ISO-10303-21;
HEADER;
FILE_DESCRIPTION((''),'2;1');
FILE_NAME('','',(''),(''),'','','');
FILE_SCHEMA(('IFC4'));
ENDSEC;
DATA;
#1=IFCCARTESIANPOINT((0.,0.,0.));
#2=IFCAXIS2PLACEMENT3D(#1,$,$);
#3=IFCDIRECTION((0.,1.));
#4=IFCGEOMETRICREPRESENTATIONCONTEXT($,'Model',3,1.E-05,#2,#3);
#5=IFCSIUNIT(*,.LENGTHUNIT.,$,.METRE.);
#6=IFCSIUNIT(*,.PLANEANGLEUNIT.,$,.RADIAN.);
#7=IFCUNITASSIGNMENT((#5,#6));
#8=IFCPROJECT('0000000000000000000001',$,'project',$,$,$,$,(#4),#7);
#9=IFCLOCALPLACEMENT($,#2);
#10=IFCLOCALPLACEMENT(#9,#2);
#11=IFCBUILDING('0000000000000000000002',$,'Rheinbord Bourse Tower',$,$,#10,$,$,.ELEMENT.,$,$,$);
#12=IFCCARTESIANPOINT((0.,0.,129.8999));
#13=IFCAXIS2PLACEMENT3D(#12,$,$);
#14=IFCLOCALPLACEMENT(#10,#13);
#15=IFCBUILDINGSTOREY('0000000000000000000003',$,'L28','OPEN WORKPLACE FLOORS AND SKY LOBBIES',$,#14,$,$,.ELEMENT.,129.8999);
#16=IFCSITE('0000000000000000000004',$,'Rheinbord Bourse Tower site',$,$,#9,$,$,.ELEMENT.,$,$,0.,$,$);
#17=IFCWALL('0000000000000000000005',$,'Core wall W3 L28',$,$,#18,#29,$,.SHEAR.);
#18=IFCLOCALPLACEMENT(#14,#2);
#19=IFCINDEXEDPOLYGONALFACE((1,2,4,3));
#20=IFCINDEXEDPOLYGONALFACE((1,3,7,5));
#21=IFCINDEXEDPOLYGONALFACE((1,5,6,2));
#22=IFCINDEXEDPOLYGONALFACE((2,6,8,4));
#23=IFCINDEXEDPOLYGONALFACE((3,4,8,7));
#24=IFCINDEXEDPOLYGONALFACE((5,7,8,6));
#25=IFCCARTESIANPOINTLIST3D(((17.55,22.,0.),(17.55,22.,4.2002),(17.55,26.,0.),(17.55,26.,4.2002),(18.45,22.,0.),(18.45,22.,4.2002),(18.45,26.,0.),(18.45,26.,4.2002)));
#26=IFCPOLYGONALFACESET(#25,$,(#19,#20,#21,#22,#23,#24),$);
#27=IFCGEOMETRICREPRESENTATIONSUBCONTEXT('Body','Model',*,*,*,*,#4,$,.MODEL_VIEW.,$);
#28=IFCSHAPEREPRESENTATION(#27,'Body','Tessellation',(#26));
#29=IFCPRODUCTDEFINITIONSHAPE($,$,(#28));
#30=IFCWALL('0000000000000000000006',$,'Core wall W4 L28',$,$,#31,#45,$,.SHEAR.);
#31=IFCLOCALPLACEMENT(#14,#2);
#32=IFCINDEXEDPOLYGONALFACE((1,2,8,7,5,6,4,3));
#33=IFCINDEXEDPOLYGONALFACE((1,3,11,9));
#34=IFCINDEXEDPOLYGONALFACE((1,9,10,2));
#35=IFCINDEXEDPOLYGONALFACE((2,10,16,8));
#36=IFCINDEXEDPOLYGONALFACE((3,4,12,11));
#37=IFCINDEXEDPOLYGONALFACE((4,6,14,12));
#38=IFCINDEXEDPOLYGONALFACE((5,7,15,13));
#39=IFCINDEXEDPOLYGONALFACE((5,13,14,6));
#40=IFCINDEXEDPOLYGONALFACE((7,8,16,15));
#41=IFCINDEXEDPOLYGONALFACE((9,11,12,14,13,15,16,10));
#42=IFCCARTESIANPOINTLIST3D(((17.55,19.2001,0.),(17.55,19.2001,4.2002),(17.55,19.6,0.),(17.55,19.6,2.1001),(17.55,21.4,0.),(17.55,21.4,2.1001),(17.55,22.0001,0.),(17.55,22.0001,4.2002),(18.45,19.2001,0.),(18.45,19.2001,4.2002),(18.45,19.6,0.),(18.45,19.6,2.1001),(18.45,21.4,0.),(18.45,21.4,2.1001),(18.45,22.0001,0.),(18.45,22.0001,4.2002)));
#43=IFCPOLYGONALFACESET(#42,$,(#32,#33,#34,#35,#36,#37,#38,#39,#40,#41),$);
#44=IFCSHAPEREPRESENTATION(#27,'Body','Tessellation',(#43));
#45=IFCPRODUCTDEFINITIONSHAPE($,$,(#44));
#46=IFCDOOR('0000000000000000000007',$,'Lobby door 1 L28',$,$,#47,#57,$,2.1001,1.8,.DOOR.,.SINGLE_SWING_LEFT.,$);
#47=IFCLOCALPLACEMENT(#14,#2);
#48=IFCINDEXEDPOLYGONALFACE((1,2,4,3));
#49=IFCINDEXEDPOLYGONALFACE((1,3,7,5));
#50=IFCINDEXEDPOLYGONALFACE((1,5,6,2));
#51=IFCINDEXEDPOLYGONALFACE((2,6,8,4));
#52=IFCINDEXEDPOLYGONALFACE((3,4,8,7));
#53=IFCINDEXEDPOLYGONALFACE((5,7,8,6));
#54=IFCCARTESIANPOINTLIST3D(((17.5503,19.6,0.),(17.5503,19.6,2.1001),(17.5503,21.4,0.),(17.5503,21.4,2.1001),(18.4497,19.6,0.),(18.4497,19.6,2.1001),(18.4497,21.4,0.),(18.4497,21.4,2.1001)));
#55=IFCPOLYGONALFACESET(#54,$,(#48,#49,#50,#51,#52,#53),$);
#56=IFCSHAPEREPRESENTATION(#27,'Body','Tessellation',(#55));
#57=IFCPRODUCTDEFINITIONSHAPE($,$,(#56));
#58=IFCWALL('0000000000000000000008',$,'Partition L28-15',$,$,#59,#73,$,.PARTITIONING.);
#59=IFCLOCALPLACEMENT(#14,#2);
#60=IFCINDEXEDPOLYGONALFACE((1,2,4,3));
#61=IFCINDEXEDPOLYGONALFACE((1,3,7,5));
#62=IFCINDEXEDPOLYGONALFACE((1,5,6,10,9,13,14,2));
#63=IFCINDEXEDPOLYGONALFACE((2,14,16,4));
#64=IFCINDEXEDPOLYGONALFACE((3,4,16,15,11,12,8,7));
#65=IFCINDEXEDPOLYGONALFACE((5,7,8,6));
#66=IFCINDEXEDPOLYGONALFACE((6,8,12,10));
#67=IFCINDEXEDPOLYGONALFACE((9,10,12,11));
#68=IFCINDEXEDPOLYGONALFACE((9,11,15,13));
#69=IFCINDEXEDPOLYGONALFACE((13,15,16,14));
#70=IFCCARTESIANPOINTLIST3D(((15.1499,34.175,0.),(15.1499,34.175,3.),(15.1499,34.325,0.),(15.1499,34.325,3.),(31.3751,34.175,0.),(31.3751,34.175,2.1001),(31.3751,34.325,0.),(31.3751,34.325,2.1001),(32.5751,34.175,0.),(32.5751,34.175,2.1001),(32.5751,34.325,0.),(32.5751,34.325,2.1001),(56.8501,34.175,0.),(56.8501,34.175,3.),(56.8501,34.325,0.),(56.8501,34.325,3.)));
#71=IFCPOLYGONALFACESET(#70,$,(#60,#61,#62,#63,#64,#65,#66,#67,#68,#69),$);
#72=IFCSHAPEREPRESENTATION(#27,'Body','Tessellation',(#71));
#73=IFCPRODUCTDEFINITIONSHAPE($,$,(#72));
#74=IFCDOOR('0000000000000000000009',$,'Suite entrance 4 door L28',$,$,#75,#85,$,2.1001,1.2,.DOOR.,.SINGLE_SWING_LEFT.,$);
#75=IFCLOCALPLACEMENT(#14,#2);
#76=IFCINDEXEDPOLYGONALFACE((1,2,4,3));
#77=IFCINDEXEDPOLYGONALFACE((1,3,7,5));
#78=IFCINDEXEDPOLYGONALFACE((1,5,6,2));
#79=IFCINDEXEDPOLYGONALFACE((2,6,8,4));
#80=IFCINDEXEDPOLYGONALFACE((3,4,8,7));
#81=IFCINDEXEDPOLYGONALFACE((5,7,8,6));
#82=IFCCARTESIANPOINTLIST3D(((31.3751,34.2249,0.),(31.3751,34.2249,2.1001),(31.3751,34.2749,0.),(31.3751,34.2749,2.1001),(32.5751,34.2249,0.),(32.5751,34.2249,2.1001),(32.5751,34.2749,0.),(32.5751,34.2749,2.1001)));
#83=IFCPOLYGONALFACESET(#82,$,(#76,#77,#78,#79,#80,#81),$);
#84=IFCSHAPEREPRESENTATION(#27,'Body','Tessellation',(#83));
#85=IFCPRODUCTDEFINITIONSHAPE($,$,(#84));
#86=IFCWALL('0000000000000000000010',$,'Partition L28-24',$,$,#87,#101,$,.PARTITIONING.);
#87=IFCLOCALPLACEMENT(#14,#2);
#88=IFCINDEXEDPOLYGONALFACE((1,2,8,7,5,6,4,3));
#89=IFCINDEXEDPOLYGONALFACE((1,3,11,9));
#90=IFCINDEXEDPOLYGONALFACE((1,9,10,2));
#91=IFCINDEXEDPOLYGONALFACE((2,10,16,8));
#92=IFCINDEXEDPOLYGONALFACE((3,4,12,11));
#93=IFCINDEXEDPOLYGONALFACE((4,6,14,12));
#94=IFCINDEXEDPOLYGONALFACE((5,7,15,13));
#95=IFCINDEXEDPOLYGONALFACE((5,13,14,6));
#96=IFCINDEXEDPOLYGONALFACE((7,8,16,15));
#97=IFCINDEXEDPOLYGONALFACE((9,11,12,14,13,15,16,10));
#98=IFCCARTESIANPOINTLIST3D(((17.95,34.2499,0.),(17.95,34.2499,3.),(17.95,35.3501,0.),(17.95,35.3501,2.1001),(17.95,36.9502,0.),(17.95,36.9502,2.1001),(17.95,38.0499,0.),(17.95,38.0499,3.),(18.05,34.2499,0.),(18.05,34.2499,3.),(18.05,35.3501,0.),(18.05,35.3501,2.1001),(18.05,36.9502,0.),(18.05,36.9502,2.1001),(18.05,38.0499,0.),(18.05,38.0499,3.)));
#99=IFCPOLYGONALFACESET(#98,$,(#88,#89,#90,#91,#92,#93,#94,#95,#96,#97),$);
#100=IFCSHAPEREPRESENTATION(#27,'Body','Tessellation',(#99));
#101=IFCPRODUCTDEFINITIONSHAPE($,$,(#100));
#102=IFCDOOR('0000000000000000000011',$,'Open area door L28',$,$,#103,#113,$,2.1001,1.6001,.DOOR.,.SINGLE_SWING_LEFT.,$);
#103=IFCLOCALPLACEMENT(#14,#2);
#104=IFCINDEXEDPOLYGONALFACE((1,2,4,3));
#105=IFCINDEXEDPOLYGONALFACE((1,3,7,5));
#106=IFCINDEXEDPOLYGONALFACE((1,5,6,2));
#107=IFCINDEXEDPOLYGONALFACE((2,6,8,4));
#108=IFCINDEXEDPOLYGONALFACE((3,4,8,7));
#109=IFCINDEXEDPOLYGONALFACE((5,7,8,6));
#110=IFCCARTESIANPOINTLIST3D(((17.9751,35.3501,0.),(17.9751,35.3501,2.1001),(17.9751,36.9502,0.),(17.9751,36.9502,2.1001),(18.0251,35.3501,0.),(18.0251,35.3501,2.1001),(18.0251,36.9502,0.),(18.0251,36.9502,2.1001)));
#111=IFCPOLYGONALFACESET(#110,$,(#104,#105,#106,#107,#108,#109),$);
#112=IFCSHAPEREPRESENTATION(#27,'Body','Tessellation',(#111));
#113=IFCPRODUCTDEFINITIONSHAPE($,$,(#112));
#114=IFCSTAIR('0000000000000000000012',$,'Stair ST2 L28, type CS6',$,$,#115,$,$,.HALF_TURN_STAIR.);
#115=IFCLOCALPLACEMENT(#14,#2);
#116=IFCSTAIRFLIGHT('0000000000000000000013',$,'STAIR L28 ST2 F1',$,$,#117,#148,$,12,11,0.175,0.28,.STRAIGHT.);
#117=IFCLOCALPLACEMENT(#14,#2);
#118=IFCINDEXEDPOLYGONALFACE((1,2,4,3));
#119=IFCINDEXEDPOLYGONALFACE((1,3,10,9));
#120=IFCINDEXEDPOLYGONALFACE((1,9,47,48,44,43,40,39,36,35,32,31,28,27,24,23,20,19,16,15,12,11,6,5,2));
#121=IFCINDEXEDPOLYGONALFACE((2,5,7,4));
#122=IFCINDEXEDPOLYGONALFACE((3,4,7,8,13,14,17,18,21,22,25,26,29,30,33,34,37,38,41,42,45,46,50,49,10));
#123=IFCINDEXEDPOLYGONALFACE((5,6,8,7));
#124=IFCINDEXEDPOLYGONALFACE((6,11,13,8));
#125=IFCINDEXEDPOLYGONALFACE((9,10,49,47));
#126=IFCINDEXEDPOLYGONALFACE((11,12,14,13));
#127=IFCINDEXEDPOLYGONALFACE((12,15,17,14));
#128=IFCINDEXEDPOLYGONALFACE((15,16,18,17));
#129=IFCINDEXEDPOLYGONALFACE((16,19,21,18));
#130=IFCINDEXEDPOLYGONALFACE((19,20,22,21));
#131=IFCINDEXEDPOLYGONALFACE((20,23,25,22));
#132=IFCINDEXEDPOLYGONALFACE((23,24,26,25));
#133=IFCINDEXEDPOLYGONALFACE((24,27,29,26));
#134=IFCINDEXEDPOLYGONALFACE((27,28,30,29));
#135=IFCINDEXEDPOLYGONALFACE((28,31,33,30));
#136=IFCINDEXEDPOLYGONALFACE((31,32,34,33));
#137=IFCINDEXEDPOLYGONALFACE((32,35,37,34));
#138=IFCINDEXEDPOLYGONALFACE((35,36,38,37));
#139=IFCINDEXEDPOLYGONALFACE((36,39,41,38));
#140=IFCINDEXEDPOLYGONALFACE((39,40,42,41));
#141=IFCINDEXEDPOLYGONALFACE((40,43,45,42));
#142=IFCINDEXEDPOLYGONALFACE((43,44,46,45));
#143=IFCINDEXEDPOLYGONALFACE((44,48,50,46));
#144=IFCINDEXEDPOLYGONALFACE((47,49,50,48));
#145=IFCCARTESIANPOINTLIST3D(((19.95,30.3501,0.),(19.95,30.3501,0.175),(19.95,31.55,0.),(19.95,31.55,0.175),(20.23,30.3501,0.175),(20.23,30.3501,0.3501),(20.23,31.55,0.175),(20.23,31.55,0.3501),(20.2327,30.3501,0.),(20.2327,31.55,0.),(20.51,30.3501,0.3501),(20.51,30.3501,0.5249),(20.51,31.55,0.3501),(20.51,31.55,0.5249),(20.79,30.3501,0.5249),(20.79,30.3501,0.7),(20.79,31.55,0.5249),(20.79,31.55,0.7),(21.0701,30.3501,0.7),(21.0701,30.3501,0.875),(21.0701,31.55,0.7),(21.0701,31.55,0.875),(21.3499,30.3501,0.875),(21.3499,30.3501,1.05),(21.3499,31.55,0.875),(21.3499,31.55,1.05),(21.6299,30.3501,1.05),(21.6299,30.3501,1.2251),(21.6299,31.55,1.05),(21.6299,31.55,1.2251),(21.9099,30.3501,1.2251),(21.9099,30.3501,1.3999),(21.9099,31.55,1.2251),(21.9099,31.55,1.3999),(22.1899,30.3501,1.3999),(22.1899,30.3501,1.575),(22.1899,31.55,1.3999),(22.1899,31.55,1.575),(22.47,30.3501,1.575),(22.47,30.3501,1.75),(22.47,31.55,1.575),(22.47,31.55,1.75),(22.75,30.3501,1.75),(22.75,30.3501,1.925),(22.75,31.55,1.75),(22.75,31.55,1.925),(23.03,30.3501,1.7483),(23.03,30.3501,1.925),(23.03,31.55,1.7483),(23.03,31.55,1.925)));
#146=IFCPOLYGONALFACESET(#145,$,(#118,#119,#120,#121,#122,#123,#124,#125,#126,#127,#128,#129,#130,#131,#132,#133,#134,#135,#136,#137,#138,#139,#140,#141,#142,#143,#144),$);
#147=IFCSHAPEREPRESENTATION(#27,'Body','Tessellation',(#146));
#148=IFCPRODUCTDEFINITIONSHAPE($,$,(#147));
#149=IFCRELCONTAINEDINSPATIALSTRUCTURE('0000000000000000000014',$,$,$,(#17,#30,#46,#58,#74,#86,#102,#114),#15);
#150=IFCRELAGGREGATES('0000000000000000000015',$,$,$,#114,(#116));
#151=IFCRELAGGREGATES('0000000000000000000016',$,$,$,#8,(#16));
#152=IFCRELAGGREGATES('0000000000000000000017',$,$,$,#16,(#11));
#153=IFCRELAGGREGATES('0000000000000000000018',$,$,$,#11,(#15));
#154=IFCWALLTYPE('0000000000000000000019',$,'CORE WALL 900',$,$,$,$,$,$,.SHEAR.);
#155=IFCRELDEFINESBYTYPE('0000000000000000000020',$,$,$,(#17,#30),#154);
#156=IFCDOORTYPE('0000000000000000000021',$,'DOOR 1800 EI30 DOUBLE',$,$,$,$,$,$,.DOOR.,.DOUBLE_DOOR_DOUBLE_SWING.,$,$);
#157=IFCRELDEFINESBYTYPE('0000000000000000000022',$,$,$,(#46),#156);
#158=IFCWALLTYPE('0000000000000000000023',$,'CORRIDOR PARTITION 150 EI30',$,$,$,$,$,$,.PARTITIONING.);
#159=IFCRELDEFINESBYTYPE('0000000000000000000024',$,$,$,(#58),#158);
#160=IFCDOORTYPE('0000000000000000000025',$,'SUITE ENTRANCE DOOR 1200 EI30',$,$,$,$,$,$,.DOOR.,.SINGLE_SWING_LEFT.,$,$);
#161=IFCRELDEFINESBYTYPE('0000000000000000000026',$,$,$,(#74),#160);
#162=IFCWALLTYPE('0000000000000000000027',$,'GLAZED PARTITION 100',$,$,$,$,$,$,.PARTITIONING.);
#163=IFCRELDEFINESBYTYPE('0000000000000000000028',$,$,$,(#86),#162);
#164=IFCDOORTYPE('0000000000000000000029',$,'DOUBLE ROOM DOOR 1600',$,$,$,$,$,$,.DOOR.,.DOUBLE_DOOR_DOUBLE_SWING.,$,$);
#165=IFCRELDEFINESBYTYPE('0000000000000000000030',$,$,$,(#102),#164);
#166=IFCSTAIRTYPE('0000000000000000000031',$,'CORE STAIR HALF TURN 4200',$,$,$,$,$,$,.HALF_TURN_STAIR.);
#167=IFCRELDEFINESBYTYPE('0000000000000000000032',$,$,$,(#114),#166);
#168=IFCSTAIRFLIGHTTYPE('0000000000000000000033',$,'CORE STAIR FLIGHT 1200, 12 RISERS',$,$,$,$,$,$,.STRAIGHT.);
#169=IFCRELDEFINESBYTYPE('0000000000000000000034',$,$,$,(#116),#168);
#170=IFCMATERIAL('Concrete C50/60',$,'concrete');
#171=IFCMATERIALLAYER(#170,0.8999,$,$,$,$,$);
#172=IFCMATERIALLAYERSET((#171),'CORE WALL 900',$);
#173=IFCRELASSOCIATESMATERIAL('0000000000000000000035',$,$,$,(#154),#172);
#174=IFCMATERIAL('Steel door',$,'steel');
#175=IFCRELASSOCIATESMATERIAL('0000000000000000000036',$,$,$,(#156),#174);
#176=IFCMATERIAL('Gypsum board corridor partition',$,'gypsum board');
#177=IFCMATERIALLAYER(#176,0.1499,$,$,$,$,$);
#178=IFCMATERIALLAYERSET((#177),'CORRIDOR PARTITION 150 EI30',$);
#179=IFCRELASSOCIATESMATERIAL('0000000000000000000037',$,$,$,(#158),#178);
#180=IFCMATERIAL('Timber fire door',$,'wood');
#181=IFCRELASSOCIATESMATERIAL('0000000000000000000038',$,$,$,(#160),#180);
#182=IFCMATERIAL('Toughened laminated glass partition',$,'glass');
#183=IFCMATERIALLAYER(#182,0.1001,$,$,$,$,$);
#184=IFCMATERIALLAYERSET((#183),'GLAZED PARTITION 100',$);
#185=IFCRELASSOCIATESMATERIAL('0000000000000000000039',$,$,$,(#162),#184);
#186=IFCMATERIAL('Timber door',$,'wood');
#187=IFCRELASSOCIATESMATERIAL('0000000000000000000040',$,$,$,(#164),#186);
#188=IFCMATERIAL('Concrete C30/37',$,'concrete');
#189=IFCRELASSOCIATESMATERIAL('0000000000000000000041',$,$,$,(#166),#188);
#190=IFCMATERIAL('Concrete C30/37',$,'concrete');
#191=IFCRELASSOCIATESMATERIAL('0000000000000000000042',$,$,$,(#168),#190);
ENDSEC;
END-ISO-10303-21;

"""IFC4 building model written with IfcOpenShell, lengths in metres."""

from ifc_helpers import new_model, si_unit, direction, frame, frame_2d, origin, place, context, subcontext, project, spatial, polyline, rectangle, outline, extrude, material, layer, layer_set, type_object, element, fill, aggregate, save


model = new_model("IFC4")

# Units and contexts
model_context = context("Model", 3, precision=1e-05, world=origin(), true_north=direction((0.0, 1.0)))
body_context = subcontext(model_context, "Body", "Model", "MODEL_VIEW")
ifc_project = project(units=[si_unit("LENGTHUNIT", "METRE"), si_unit("PLANEANGLEUNIT", "RADIAN")], contexts=[model_context])

# Site, building, storey
site_placement = place(None, origin())
site = spatial("IfcSite", under=ifc_project, at=site_placement, Name="Rheinbord Bourse Tower site", CompositionType="ELEMENT", RefElevation=0.0)
building_placement = place(site_placement, origin())
building = spatial("IfcBuilding", under=site, at=building_placement, Name="Rheinbord Bourse Tower", CompositionType="ELEMENT")
storey_placement = place(building_placement, frame((0.0, 0.0, 129.8999)))
storey = spatial("IfcBuildingStorey", under=building, at=storey_placement, Name="L28", Description="OPEN WORKPLACE FLOORS AND SKY LOBBIES", CompositionType="ELEMENT", Elevation=129.8999)

# Shared definitions
ifc_material_1 = material(Name="Concrete C50/60", Category="concrete")
ifc_layer_1 = layer(ifc_material_1, 0.8999)
ifc_layer_set_1 = layer_set([ifc_layer_1], Name="CORE WALL 900")
wall_type_1 = type_object("IfcWallType", Name="CORE WALL 900", PredefinedType="SHEAR", material=ifc_layer_set_1)

# Shared definitions
ifc_material_2 = material(Name="Steel door", Category="steel")
door_type_1 = type_object("IfcDoorType", Name="DOOR 1800 EI30 DOUBLE", OperationType="DOUBLE_DOOR_DOUBLE_SWING", PredefinedType="DOOR", material=ifc_material_2)

# Wall
wall_1_placement = place(storey_placement, frame((18.0, 26.0, 0.0), z_axis=(0.0, 0.0, 1.0), x_axis=(0.0, -1.0, 0.0)))
element("IfcWall", 1, at=wall_1_placement, inside=storey, type_object=wall_type_1, Name="Core wall W3 L28", PredefinedType="SHEAR", context=body_context, shape_type="SweptSolid", body=[
    extrude(rectangle(XDim=4.0, YDim=0.8999, at=frame_2d((2.0, 0.0))), origin(), (0.0, 0.0, 1.0), 4.2002),
])

# Walls, openings, doors
wall_2_placement = place(storey_placement, frame((18.0, 22.0, 0.0), z_axis=(0.0, 0.0, 1.0), x_axis=(0.0, -1.0, 0.0)))
wall_2 = element("IfcWall", 2, at=wall_2_placement, inside=storey, type_object=wall_type_1, Name="Core wall W4 L28", PredefinedType="SHEAR", context=body_context, shape_type="SweptSolid", body=[
    extrude(rectangle(XDim=2.8, YDim=0.8999, at=frame_2d((1.3999, 0.0))), origin(), (0.0, 0.0, 1.0), 4.2002),
])
opening_1_placement = place(wall_2_placement, frame((0.6001, 0.0, 0.0)))
opening_1 = element("IfcOpeningElement", 3, at=opening_1_placement, cuts=wall_2, PredefinedType="OPENING", context=body_context, shape_type="SweptSolid", body=[
    extrude(rectangle(XDim=1.8, YDim=2.1001, at=frame_2d((0.8999, 1.05))), frame((0.0, 0.46, 0.0), z_axis=(0.0, -1.0, 0.0), x_axis=(1.0, 0.0, 0.0)), (0.0, 0.0, 1.0), 0.9199),
])
door_1_placement = place(opening_1_placement, origin())
door_1 = element("IfcDoor", 4, at=door_1_placement, inside=storey, type_object=door_type_1, Name="Lobby door 1 L28", OperationType="SINGLE_SWING_LEFT", OverallHeight=2.1001, OverallWidth=1.8, PredefinedType="DOOR", context=body_context, shape_type="SweptSolid", body=[
    extrude(rectangle(XDim=1.8, YDim=2.1001, at=frame_2d((0.8999, 1.05))), frame((0.0, 0.4497, 0.0), z_axis=(0.0, -1.0, 0.0), x_axis=(1.0, 0.0, 0.0)), (0.0, 0.0, 1.0), 0.8994),
])
fill(opening_1, door_1)
ifc_material_3 = material(Name="Gypsum board corridor partition", Category="gypsum board")
ifc_layer_2 = layer(ifc_material_3, 0.1499)
ifc_layer_set_2 = layer_set([ifc_layer_2], Name="CORRIDOR PARTITION 150 EI30")
wall_type_2 = type_object("IfcWallType", Name="CORRIDOR PARTITION 150 EI30", PredefinedType="PARTITIONING", material=ifc_layer_set_2)
wall_3_placement = place(storey_placement, frame((15.1499, 34.25, 0.0), z_axis=(0.0, 0.0, 1.0), x_axis=(1.0, 0.0, 0.0)))
wall_3 = element("IfcWall", 5, at=wall_3_placement, inside=storey, type_object=wall_type_2, Name="Partition L28-15", PredefinedType="PARTITIONING", context=body_context, shape_type="SweptSolid", body=[
    extrude(rectangle(XDim=41.7002, YDim=0.1499, at=frame_2d((20.8501, 0.0))), origin(), (0.0, 0.0, 1.0), 3.0),
])
opening_2_placement = place(wall_3_placement, frame((16.2251, 0.0, 0.0)))
opening_2 = element("IfcOpeningElement", 6, at=opening_2_placement, cuts=wall_3, PredefinedType="OPENING", context=body_context, shape_type="SweptSolid", body=[
    extrude(rectangle(XDim=1.2, YDim=2.1001, at=frame_2d((0.6001, 1.05))), frame((0.0, 0.085, 0.0), z_axis=(0.0, -1.0, 0.0), x_axis=(1.0, 0.0, 0.0)), (0.0, 0.0, 1.0), 0.1699),
])
ifc_material_4 = material(Name="Timber fire door", Category="wood")
door_type_2 = type_object("IfcDoorType", Name="SUITE ENTRANCE DOOR 1200 EI30", OperationType="SINGLE_SWING_LEFT", PredefinedType="DOOR", material=ifc_material_4)
door_2_placement = place(opening_2_placement, origin())
door_2 = element("IfcDoor", 7, at=door_2_placement, inside=storey, type_object=door_type_2, Name="Suite entrance 4 door L28", OperationType="SINGLE_SWING_LEFT", OverallHeight=2.1001, OverallWidth=1.2, PredefinedType="DOOR", context=body_context, shape_type="SweptSolid", body=[
    extrude(rectangle(XDim=1.2, YDim=2.1001, at=frame_2d((0.6001, 1.05))), frame((0.0, 0.0249, 0.0), z_axis=(0.0, -1.0, 0.0), x_axis=(1.0, 0.0, 0.0)), (0.0, 0.0, 1.0), 0.05),
])
fill(opening_2, door_2)
ifc_material_5 = material(Name="Toughened laminated glass partition", Category="glass")
ifc_layer_3 = layer(ifc_material_5, 0.1001)
ifc_layer_set_3 = layer_set([ifc_layer_3], Name="GLAZED PARTITION 100")
wall_type_3 = type_object("IfcWallType", Name="GLAZED PARTITION 100", PredefinedType="PARTITIONING", material=ifc_layer_set_3)
wall_4_placement = place(storey_placement, frame((18.0, 34.25, 0.0), z_axis=(0.0, 0.0, 1.0), x_axis=(0.0, 1.0, 0.0)))
wall_4 = element("IfcWall", 8, at=wall_4_placement, inside=storey, type_object=wall_type_3, Name="Partition L28-24", PredefinedType="PARTITIONING", context=body_context, shape_type="SweptSolid", body=[
    extrude(rectangle(XDim=3.8, YDim=0.1001, at=frame_2d((1.8999, 0.0))), origin(), (0.0, 0.0, 1.0), 3.0),
])
opening_3_placement = place(wall_4_placement, frame((1.1001, 0.0, 0.0)))
opening_3 = element("IfcOpeningElement", 9, at=opening_3_placement, cuts=wall_4, PredefinedType="OPENING", context=body_context, shape_type="SweptSolid", body=[
    extrude(rectangle(XDim=1.6001, YDim=2.1001, at=frame_2d((0.8, 1.05))), frame((0.0, 0.0601, 0.0), z_axis=(0.0, -1.0, 0.0), x_axis=(1.0, 0.0, 0.0)), (0.0, 0.0, 1.0), 0.1201),
])
ifc_material_6 = material(Name="Timber door", Category="wood")
door_type_3 = type_object("IfcDoorType", Name="DOUBLE ROOM DOOR 1600", OperationType="DOUBLE_DOOR_DOUBLE_SWING", PredefinedType="DOOR", material=ifc_material_6)
door_3_placement = place(opening_3_placement, origin())
door_3 = element("IfcDoor", 10, at=door_3_placement, inside=storey, type_object=door_type_3, Name="Open area door L28", OperationType="SINGLE_SWING_LEFT", OverallHeight=2.1001, OverallWidth=1.6001, PredefinedType="DOOR", context=body_context, shape_type="SweptSolid", body=[
    extrude(rectangle(XDim=1.6001, YDim=2.1001, at=frame_2d((0.8, 1.05))), frame((0.0, 0.0249, 0.0), z_axis=(0.0, -1.0, 0.0), x_axis=(1.0, 0.0, 0.0)), (0.0, 0.0, 1.0), 0.05),
])
fill(opening_3, door_3)

# Stair, stair flight
ifc_material_7 = material(Name="Concrete C30/37", Category="concrete")
stair_type = type_object("IfcStairType", Name="CORE STAIR HALF TURN 4200", PredefinedType="HALF_TURN_STAIR", material=ifc_material_7)
stair_placement = place(storey_placement, origin())
stair = element("IfcStair", 11, at=stair_placement, inside=storey, type_object=stair_type, Name="Stair ST2 L28, type CS6", PredefinedType="HALF_TURN_STAIR")
ifc_material_8 = material(Name="Concrete C30/37", Category="concrete")
stair_flight_type = type_object("IfcStairFlightType", Name="CORE STAIR FLIGHT 1200, 12 RISERS", PredefinedType="STRAIGHT", material=ifc_material_8)
stair_flight_1_placement = place(storey_placement, frame((19.95, 30.95, 0.0), z_axis=(0.0, 0.0, 1.0), x_axis=(1.0, 0.0, 0.0)))
stair_flight_1 = element("IfcStairFlight", 12, at=stair_flight_1_placement, type_object=stair_flight_type, Name="STAIR L28 ST2 F1", NumberOfRisers=12, NumberOfTreads=11, PredefinedType="STRAIGHT", RiserHeight=0.175, TreadLength=0.28, context=body_context, shape_type="SweptSolid", body=[
    extrude(outline(polyline([(0.0, 0.0), (0.0, 0.175), (0.28, 0.175), (0.28, 0.3501), (0.5601, 0.3501), (0.5601, 0.5249), (0.8401, 0.5249), (0.8401, 0.7), (1.1201, 0.7), (1.1201, 0.875), (1.3999, 0.875), (1.3999, 1.05), (1.6799, 1.05), (1.6799, 1.2251), (1.96, 1.2251), (1.96, 1.3999), (2.24, 1.3999), (2.24, 1.575), (2.52, 1.575), (2.52, 1.75), (2.8, 1.75), (2.8, 1.925), (3.0801, 1.925), (3.0801, 2.1001), (3.0801, 1.7483), (0.2827, 0.0), (0.0, 0.0)])), frame((0.0, 0.6001, 0.0), z_axis=(0.0, -1.0, 0.0), x_axis=(1.0, 0.0, 0.0)), (0.0, 0.0, 1.0), 1.2),
])
aggregate(stair, [stair_flight_1])

save(model, "model.ifc")
